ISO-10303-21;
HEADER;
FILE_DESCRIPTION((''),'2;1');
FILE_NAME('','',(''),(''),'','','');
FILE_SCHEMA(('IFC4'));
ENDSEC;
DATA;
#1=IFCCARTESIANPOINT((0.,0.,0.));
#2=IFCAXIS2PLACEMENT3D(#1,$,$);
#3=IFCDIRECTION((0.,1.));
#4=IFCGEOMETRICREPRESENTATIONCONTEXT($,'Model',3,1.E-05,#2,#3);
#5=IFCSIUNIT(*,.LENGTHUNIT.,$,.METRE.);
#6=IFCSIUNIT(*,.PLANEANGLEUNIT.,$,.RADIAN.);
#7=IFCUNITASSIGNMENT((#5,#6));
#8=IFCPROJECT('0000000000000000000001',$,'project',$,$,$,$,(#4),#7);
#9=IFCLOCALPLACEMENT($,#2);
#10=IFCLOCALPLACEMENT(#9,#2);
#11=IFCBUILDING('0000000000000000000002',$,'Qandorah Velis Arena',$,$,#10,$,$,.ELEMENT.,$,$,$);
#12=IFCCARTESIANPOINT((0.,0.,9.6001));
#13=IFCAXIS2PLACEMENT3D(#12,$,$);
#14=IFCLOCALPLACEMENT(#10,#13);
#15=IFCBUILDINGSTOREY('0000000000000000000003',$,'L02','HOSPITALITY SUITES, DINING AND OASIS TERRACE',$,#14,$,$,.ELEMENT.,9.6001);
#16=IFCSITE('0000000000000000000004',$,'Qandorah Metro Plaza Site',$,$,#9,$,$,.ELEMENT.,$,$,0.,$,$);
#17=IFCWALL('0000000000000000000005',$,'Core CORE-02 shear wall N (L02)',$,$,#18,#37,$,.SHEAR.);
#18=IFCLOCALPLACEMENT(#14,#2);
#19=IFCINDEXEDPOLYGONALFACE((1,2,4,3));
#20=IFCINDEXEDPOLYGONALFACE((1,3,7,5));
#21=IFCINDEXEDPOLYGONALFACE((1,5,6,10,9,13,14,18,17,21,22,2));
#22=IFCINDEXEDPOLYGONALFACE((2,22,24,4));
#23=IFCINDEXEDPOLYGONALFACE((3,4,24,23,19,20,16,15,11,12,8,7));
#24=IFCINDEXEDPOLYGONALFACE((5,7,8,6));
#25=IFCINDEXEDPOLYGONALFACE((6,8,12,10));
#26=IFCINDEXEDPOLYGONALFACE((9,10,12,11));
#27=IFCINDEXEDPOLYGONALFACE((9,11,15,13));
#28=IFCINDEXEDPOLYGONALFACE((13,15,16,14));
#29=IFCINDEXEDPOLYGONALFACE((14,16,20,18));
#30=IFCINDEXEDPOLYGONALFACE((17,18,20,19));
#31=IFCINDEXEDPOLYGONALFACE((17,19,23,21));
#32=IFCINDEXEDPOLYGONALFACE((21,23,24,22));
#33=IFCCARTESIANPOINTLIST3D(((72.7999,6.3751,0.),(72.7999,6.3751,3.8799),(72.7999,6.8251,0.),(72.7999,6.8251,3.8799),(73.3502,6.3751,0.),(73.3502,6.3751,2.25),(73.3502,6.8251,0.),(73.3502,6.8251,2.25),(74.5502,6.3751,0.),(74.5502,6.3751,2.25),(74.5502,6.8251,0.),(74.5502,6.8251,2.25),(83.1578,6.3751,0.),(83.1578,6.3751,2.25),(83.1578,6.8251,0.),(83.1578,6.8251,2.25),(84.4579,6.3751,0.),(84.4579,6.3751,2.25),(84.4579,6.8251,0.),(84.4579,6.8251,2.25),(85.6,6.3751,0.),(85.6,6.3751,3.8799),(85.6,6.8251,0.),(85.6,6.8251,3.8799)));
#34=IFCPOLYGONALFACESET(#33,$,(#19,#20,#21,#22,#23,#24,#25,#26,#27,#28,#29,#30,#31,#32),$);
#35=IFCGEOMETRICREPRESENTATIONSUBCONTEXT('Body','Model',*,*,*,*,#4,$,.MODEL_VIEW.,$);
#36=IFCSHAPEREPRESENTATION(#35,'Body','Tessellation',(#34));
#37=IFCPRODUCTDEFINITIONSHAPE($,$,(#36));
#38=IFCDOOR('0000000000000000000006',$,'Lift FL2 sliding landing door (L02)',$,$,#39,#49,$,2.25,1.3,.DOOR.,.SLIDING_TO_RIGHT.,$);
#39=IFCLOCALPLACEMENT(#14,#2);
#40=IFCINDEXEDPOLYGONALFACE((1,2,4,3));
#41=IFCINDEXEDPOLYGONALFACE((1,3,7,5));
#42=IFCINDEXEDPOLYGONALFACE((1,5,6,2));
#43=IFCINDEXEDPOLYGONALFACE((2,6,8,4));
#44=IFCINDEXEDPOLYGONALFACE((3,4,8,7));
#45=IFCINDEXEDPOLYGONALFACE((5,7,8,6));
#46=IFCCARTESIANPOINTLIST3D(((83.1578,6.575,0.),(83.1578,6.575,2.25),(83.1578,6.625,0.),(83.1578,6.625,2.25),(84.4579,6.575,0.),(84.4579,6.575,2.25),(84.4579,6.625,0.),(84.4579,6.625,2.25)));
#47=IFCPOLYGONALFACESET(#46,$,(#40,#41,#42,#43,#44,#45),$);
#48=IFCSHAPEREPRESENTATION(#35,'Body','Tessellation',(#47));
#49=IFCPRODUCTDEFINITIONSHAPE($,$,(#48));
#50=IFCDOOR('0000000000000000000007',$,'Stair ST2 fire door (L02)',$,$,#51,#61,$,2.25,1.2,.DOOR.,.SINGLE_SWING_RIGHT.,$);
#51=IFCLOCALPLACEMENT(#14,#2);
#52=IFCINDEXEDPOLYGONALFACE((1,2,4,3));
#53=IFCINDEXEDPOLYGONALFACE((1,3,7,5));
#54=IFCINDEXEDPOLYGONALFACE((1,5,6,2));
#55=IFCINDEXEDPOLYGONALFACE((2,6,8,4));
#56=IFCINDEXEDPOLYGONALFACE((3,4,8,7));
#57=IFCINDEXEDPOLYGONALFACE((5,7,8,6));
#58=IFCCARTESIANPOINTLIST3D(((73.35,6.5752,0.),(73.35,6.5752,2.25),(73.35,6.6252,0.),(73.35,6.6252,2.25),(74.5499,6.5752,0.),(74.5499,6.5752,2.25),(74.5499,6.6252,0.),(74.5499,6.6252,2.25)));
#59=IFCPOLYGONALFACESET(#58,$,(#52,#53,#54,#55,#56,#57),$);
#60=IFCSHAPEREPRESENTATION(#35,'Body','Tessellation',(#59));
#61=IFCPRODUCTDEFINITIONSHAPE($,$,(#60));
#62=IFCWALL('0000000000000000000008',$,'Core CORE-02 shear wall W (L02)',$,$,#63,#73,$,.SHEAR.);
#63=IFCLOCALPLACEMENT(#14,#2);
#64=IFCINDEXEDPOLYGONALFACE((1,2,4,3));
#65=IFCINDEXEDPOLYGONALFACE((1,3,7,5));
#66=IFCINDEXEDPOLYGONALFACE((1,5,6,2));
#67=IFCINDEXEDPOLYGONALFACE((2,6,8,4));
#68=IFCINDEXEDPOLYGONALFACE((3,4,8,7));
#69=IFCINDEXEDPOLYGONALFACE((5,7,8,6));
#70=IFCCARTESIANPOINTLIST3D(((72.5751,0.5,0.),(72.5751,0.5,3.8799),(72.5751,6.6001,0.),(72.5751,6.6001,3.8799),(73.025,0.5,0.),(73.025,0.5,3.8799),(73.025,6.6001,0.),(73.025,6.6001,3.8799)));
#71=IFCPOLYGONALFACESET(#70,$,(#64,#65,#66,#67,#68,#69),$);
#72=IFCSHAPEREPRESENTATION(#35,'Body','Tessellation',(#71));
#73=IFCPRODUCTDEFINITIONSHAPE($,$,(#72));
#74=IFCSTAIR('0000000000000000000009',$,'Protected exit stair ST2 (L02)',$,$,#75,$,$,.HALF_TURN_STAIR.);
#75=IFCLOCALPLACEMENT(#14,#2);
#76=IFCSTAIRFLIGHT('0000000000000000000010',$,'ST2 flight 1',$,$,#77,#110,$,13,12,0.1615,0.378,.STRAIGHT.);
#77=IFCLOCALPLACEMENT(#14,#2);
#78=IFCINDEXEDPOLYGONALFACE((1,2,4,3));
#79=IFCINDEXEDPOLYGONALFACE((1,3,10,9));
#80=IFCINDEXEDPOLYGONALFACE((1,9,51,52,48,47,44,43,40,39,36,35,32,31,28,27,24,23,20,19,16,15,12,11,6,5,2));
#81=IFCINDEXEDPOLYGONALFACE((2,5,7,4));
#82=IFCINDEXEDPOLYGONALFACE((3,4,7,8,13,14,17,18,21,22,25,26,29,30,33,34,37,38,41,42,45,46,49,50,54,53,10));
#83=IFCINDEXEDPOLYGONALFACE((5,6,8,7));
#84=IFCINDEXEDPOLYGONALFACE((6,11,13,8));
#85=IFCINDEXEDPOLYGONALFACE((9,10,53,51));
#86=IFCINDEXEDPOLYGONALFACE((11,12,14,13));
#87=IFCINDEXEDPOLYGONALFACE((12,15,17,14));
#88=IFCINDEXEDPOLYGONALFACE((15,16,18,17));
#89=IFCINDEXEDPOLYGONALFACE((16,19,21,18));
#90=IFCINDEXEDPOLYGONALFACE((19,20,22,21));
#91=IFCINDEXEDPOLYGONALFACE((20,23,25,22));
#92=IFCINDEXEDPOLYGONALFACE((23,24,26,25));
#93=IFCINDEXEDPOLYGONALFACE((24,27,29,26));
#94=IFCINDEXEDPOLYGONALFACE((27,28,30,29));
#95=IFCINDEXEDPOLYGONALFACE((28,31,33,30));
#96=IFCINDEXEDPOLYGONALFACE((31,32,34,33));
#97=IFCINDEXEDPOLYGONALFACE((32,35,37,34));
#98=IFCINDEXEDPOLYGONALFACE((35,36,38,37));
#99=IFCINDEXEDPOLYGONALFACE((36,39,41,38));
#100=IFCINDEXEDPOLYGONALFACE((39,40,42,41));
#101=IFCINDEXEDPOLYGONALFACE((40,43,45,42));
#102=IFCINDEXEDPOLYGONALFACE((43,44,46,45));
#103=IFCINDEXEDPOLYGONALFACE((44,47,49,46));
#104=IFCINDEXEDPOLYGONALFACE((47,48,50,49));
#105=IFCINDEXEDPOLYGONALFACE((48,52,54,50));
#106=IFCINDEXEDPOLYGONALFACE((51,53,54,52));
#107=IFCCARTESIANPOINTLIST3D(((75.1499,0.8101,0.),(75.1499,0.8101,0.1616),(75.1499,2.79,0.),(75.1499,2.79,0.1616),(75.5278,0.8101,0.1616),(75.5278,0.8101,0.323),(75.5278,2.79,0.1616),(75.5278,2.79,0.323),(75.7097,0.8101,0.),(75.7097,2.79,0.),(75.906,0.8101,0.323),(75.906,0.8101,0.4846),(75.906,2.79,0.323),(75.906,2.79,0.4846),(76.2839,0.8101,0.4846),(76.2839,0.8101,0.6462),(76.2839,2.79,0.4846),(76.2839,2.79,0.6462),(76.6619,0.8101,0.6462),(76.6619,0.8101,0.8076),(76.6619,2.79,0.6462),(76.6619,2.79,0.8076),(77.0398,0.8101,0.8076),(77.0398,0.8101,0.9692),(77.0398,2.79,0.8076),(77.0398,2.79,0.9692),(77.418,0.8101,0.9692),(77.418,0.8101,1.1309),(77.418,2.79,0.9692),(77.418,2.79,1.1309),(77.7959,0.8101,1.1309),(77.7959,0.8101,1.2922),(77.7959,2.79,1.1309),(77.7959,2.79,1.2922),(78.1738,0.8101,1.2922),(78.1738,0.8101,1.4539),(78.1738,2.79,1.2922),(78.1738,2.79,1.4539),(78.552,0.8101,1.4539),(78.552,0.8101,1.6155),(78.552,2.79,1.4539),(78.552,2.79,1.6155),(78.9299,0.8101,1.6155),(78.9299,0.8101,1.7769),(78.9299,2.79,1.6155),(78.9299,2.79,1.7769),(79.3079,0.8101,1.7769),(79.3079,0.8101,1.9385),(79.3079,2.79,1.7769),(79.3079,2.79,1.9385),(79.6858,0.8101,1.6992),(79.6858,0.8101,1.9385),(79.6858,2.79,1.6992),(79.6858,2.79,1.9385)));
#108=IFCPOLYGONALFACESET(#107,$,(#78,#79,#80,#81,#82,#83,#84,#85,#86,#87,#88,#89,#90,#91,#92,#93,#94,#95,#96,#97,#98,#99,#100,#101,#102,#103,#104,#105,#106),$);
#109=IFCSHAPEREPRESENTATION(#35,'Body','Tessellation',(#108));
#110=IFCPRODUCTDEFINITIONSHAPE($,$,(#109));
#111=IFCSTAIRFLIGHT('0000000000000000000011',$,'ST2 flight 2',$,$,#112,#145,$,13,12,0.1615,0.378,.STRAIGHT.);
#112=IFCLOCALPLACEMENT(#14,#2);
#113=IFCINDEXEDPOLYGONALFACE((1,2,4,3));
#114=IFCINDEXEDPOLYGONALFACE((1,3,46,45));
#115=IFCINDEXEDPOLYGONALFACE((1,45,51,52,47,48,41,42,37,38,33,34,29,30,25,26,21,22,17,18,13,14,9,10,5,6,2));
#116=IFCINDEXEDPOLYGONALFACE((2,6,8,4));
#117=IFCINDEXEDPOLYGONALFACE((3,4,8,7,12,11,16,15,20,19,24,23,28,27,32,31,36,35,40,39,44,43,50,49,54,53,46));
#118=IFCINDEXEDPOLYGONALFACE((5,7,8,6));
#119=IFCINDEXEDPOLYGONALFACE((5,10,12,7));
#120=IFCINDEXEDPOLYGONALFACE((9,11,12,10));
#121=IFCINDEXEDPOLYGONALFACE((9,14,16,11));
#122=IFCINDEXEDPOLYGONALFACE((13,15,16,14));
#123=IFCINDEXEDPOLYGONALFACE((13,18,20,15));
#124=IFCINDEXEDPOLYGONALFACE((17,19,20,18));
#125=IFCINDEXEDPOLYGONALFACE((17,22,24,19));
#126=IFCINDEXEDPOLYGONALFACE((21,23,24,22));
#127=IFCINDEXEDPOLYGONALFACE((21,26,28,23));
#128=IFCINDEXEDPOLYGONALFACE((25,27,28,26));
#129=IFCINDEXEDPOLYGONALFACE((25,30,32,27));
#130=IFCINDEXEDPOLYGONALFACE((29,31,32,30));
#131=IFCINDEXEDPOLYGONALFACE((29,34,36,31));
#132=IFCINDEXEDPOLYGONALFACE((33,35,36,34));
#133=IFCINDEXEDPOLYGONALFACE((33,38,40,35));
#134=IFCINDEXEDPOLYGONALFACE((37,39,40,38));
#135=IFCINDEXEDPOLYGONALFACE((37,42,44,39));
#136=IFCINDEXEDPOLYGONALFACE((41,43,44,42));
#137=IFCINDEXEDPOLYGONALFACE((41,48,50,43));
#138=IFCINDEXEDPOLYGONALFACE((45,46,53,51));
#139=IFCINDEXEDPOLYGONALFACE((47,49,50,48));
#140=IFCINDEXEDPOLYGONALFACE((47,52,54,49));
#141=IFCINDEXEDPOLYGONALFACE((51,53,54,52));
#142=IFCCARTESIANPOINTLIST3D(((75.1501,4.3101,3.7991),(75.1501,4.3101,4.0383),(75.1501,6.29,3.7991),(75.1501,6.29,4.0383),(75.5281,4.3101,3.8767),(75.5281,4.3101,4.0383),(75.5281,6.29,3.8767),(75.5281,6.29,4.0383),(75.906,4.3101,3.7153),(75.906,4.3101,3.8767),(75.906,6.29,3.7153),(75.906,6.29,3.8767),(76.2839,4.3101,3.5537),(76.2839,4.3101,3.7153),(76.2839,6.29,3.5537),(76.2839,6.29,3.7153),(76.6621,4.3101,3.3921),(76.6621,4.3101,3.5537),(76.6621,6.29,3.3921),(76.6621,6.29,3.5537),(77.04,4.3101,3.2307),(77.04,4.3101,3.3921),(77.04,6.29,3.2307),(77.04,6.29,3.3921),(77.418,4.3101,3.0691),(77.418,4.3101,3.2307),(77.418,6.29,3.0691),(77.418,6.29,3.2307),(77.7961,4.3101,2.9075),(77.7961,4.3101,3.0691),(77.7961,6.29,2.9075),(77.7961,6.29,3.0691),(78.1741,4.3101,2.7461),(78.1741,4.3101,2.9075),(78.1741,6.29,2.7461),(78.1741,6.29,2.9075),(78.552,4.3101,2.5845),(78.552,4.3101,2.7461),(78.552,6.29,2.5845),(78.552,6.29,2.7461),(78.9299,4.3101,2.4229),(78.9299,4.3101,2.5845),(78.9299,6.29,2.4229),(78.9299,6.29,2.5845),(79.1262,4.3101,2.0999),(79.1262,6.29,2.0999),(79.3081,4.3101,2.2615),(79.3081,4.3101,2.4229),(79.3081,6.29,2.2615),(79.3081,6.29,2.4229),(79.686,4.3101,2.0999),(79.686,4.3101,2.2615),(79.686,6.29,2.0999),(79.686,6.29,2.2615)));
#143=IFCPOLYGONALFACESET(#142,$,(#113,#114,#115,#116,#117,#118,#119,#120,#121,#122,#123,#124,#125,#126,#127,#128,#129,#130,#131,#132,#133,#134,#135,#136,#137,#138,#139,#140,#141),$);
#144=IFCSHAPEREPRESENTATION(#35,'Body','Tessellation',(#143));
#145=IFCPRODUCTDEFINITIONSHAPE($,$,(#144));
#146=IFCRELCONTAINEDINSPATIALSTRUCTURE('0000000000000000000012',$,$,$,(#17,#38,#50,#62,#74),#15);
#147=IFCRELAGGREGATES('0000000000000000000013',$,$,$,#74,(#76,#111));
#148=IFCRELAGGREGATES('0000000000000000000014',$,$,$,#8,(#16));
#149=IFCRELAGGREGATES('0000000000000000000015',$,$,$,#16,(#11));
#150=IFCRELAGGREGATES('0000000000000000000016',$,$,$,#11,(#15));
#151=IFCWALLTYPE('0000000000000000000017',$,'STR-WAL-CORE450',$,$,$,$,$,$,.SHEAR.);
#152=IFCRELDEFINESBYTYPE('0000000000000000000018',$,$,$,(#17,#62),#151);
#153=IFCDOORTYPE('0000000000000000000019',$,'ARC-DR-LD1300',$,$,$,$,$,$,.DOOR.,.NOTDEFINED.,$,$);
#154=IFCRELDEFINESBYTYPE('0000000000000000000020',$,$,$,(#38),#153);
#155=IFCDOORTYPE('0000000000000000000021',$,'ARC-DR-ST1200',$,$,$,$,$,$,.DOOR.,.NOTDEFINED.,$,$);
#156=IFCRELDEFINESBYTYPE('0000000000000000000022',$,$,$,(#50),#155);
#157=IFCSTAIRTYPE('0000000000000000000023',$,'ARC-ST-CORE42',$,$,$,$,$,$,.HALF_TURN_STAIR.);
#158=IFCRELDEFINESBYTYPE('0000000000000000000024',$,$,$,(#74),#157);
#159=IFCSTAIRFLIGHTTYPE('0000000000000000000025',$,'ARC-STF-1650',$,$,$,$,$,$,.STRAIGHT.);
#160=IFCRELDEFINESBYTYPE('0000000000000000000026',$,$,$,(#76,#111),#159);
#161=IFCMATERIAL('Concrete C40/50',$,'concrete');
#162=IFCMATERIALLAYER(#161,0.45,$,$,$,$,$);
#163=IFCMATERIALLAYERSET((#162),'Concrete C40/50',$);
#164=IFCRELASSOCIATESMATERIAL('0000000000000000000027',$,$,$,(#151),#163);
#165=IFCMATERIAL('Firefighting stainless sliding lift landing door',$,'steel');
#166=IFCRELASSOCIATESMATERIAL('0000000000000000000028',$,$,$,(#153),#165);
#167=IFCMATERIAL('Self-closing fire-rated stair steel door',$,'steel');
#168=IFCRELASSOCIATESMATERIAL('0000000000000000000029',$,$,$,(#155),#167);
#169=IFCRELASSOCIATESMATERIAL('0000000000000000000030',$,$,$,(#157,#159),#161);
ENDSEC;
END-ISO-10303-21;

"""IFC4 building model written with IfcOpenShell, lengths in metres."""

from ifc_helpers import new_model, si_unit, direction, frame, frame_2d, origin, place, context, subcontext, project, spatial, polyline, rectangle, outline, extrude, material, layer, layer_set, type_object, element, fill, aggregate, save


model = new_model("IFC4")

# Units and contexts
model_context = context("Model", 3, precision=1e-05, world=origin(), true_north=direction((0.0, 1.0)))
body_context = subcontext(model_context, "Body", "Model", "MODEL_VIEW")
ifc_project = project(units=[si_unit("LENGTHUNIT", "METRE"), si_unit("PLANEANGLEUNIT", "RADIAN")], contexts=[model_context])

# Site, building, storey
site_placement = place(None, origin())
site = spatial("IfcSite", under=ifc_project, at=site_placement, Name="Qandorah Metro Plaza Site", CompositionType="ELEMENT", RefElevation=0.0)
building_placement = place(site_placement, origin())
building = spatial("IfcBuilding", under=site, at=building_placement, Name="Qandorah Velis Arena", CompositionType="ELEMENT")
storey_placement = place(building_placement, frame((0.0, 0.0, 9.6001)))
storey = spatial("IfcBuildingStorey", under=building, at=storey_placement, Name="L02", Description="HOSPITALITY SUITES, DINING AND OASIS TERRACE", CompositionType="ELEMENT", Elevation=9.6001)

# Shared definitions
ifc_material_1 = material(Name="Concrete C40/50", Category="concrete")

# Shared definitions
ifc_layer_1 = layer(ifc_material_1, 0.45)
ifc_layer_set_1 = layer_set([ifc_layer_1], Name="Concrete C40/50")
wall_type_1 = type_object("IfcWallType", Name="STR-WAL-CORE450", PredefinedType="SHEAR", material=ifc_layer_set_1)

# Wall, openings, doors
wall_1_placement = place(storey_placement, frame((72.8, 6.6001, 0.0), z_axis=(0.0, 0.0, 1.0), x_axis=(1.0, 0.0, 0.0)))
wall_1 = element("IfcWall", 1, at=wall_1_placement, inside=storey, type_object=wall_type_1, Name="Core CORE-02 shear wall N (L02)", PredefinedType="SHEAR", context=body_context, shape_type="SweptSolid", body=[
    extrude(rectangle(XDim=12.8, YDim=0.45, at=frame_2d((6.3999, 0.0))), origin(), (0.0, 0.0, 1.0), 3.8799),
])
opening_1_placement = place(wall_1_placement, frame((0.55, 0.0, 0.0)))
opening_1 = element("IfcOpeningElement", 2, at=opening_1_placement, cuts=wall_1, PredefinedType="OPENING", context=body_context, shape_type="SweptSolid", body=[
    extrude(rectangle(XDim=1.2, YDim=2.25, at=frame_2d((0.6001, 1.125))), frame((0.0, 0.2349, 0.0), z_axis=(0.0, -1.0, 0.0), x_axis=(1.0, 0.0, 0.0)), (0.0, 0.0, 1.0), 0.47),
])
opening_2_placement = place(wall_1_placement, frame((10.3579, 0.0, 0.0)))
opening_2 = element("IfcOpeningElement", 3, at=opening_2_placement, cuts=wall_1, PredefinedType="OPENING", context=body_context, shape_type="SweptSolid", body=[
    extrude(rectangle(XDim=1.3, YDim=2.25, at=frame_2d((0.6499, 1.125))), frame((0.0, 0.2349, 0.0), z_axis=(0.0, -1.0, 0.0), x_axis=(1.0, 0.0, 0.0)), (0.0, 0.0, 1.0), 0.47),
])
ifc_material_2 = material(Name="Firefighting stainless sliding lift landing door", Category="steel")
door_type_1 = type_object("IfcDoorType", Name="ARC-DR-LD1300", OperationType="NOTDEFINED", PredefinedType="DOOR", material=ifc_material_2)
door_1_placement = place(opening_2_placement, origin())
door_1 = element("IfcDoor", 4, at=door_1_placement, inside=storey, type_object=door_type_1, Name="Lift FL2 sliding landing door (L02)", OperationType="SLIDING_TO_RIGHT", OverallHeight=2.25, OverallWidth=1.3, PredefinedType="DOOR", context=body_context, shape_type="SweptSolid", body=[
    extrude(rectangle(XDim=1.3, YDim=2.25, at=frame_2d((0.6499, 1.125))), frame((0.0, 0.0249, 0.0), z_axis=(0.0, -1.0, 0.0), x_axis=(1.0, 0.0, 0.0)), (0.0, 0.0, 1.0), 0.05),
])
fill(opening_2, door_1)
ifc_material_3 = material(Name="Self-closing fire-rated stair steel door", Category="steel")
door_type_2 = type_object("IfcDoorType", Name="ARC-DR-ST1200", OperationType="NOTDEFINED", PredefinedType="DOOR", material=ifc_material_3)
door_2_placement = place(opening_1_placement, frame((1.2, 0.0, 0.0), z_axis=(0.0, 0.0, 1.0), x_axis=(-1.0, 0.0, 0.0)))
door_2 = element("IfcDoor", 5, at=door_2_placement, inside=storey, type_object=door_type_2, Name="Stair ST2 fire door (L02)", OperationType="SINGLE_SWING_RIGHT", OverallHeight=2.25, OverallWidth=1.2, PredefinedType="DOOR", context=body_context, shape_type="SweptSolid", body=[
    extrude(rectangle(XDim=1.2, YDim=2.25, at=frame_2d((0.6001, 1.125))), frame((0.0, 0.0249, 0.0), z_axis=(0.0, -1.0, 0.0), x_axis=(1.0, 0.0, 0.0)), (0.0, 0.0, 1.0), 0.05),
])
fill(opening_1, door_2)

# Wall
wall_2_placement = place(storey_placement, frame((72.8, 0.5, 0.0), z_axis=(0.0, 0.0, 1.0), x_axis=(0.0, 1.0, 0.0)))
element("IfcWall", 6, at=wall_2_placement, inside=storey, type_object=wall_type_1, Name="Core CORE-02 shear wall W (L02)", PredefinedType="SHEAR", context=body_context, shape_type="SweptSolid", body=[
    extrude(rectangle(XDim=6.1001, YDim=0.45, at=frame_2d((3.05, 0.0))), origin(), (0.0, 0.0, 1.0), 3.8799),
])

# Stair, stair flights
stair_type = type_object("IfcStairType", Name="ARC-ST-CORE42", PredefinedType="HALF_TURN_STAIR", material=ifc_material_1)
stair_placement = place(storey_placement, origin())
stair = element("IfcStair", 7, at=stair_placement, inside=storey, type_object=stair_type, Name="Protected exit stair ST2 (L02)", PredefinedType="HALF_TURN_STAIR")
stair_flight_type = type_object("IfcStairFlightType", Name="ARC-STF-1650", PredefinedType="STRAIGHT", material=ifc_material_1)
stair_flight_1_placement = place(storey_placement, frame((75.1499, 1.8, 0.0), z_axis=(0.0, 0.0, 1.0), x_axis=(1.0, 0.0, 0.0)))
stair_flight_1 = element("IfcStairFlight", 8, at=stair_flight_1_placement, type_object=stair_flight_type, Name="ST2 flight 1", NumberOfRisers=13, NumberOfTreads=12, PredefinedType="STRAIGHT", RiserHeight=0.1615, TreadLength=0.378, context=body_context, shape_type="SweptSolid", body=[
    extrude(outline(polyline([(0.0, 0.0), (0.0, 0.1616), (0.3779, 0.1616), (0.3779, 0.323), (0.7561, 0.323), (0.7561, 0.4846), (1.134, 0.4846), (1.134, 0.6462), (1.512, 0.6462), (1.512, 0.8076), (1.8899, 0.8076), (1.8899, 0.9692), (2.2681, 0.9692), (2.2681, 1.1309), (2.646, 1.1309), (2.646, 1.2922), (3.0239, 1.2922), (3.0239, 1.4539), (3.4021, 1.4539), (3.4021, 1.6155), (3.78, 1.6155), (3.78, 1.7769), (4.158, 1.7769), (4.158, 1.9385), (4.5359, 1.9385), (4.5359, 2.1001), (4.5359, 1.6992), (0.5598, 0.0), (0.0, 0.0)])), frame((0.0, 0.99, 0.0), z_axis=(0.0, -1.0, 0.0), x_axis=(1.0, 0.0, 0.0)), (0.0, 0.0, 1.0), 1.98),
])
stair_flight_2_placement = place(storey_placement, frame((79.686, 5.3, 2.0999), z_axis=(0.0, 0.0, 1.0), x_axis=(-1.0, 0.0, 0.0)))
stair_flight_2 = element("IfcStairFlight", 9, at=stair_flight_2_placement, type_object=stair_flight_type, Name="ST2 flight 2", NumberOfRisers=13, NumberOfTreads=12, PredefinedType="STRAIGHT", RiserHeight=0.1615, TreadLength=0.378, context=body_context, shape_type="SweptSolid", body=[
    extrude(outline(polyline([(0.0, 0.0), (0.0, 0.1616), (0.3779, 0.1616), (0.3779, 0.323), (0.7561, 0.323), (0.7561, 0.4846), (1.134, 0.4846), (1.134, 0.6462), (1.512, 0.6462), (1.512, 0.8076), (1.8899, 0.8076), (1.8899, 0.9692), (2.2681, 0.9692), (2.2681, 1.1309), (2.646, 1.1309), (2.646, 1.2922), (3.0239, 1.2922), (3.0239, 1.4539), (3.4021, 1.4539), (3.4021, 1.6155), (3.78, 1.6155), (3.78, 1.7769), (4.158, 1.7769), (4.158, 1.9385), (4.5359, 1.9385), (4.5359, 2.1001), (4.5359, 1.6992), (0.5598, 0.0), (0.0, 0.0)])), frame((0.0, 0.99, 0.0), z_axis=(0.0, -1.0, 0.0), x_axis=(1.0, 0.0, 0.0)), (0.0, 0.0, 1.0), 1.98),
])
aggregate(stair, [stair_flight_1, stair_flight_2])

save(model, "model.ifc")
